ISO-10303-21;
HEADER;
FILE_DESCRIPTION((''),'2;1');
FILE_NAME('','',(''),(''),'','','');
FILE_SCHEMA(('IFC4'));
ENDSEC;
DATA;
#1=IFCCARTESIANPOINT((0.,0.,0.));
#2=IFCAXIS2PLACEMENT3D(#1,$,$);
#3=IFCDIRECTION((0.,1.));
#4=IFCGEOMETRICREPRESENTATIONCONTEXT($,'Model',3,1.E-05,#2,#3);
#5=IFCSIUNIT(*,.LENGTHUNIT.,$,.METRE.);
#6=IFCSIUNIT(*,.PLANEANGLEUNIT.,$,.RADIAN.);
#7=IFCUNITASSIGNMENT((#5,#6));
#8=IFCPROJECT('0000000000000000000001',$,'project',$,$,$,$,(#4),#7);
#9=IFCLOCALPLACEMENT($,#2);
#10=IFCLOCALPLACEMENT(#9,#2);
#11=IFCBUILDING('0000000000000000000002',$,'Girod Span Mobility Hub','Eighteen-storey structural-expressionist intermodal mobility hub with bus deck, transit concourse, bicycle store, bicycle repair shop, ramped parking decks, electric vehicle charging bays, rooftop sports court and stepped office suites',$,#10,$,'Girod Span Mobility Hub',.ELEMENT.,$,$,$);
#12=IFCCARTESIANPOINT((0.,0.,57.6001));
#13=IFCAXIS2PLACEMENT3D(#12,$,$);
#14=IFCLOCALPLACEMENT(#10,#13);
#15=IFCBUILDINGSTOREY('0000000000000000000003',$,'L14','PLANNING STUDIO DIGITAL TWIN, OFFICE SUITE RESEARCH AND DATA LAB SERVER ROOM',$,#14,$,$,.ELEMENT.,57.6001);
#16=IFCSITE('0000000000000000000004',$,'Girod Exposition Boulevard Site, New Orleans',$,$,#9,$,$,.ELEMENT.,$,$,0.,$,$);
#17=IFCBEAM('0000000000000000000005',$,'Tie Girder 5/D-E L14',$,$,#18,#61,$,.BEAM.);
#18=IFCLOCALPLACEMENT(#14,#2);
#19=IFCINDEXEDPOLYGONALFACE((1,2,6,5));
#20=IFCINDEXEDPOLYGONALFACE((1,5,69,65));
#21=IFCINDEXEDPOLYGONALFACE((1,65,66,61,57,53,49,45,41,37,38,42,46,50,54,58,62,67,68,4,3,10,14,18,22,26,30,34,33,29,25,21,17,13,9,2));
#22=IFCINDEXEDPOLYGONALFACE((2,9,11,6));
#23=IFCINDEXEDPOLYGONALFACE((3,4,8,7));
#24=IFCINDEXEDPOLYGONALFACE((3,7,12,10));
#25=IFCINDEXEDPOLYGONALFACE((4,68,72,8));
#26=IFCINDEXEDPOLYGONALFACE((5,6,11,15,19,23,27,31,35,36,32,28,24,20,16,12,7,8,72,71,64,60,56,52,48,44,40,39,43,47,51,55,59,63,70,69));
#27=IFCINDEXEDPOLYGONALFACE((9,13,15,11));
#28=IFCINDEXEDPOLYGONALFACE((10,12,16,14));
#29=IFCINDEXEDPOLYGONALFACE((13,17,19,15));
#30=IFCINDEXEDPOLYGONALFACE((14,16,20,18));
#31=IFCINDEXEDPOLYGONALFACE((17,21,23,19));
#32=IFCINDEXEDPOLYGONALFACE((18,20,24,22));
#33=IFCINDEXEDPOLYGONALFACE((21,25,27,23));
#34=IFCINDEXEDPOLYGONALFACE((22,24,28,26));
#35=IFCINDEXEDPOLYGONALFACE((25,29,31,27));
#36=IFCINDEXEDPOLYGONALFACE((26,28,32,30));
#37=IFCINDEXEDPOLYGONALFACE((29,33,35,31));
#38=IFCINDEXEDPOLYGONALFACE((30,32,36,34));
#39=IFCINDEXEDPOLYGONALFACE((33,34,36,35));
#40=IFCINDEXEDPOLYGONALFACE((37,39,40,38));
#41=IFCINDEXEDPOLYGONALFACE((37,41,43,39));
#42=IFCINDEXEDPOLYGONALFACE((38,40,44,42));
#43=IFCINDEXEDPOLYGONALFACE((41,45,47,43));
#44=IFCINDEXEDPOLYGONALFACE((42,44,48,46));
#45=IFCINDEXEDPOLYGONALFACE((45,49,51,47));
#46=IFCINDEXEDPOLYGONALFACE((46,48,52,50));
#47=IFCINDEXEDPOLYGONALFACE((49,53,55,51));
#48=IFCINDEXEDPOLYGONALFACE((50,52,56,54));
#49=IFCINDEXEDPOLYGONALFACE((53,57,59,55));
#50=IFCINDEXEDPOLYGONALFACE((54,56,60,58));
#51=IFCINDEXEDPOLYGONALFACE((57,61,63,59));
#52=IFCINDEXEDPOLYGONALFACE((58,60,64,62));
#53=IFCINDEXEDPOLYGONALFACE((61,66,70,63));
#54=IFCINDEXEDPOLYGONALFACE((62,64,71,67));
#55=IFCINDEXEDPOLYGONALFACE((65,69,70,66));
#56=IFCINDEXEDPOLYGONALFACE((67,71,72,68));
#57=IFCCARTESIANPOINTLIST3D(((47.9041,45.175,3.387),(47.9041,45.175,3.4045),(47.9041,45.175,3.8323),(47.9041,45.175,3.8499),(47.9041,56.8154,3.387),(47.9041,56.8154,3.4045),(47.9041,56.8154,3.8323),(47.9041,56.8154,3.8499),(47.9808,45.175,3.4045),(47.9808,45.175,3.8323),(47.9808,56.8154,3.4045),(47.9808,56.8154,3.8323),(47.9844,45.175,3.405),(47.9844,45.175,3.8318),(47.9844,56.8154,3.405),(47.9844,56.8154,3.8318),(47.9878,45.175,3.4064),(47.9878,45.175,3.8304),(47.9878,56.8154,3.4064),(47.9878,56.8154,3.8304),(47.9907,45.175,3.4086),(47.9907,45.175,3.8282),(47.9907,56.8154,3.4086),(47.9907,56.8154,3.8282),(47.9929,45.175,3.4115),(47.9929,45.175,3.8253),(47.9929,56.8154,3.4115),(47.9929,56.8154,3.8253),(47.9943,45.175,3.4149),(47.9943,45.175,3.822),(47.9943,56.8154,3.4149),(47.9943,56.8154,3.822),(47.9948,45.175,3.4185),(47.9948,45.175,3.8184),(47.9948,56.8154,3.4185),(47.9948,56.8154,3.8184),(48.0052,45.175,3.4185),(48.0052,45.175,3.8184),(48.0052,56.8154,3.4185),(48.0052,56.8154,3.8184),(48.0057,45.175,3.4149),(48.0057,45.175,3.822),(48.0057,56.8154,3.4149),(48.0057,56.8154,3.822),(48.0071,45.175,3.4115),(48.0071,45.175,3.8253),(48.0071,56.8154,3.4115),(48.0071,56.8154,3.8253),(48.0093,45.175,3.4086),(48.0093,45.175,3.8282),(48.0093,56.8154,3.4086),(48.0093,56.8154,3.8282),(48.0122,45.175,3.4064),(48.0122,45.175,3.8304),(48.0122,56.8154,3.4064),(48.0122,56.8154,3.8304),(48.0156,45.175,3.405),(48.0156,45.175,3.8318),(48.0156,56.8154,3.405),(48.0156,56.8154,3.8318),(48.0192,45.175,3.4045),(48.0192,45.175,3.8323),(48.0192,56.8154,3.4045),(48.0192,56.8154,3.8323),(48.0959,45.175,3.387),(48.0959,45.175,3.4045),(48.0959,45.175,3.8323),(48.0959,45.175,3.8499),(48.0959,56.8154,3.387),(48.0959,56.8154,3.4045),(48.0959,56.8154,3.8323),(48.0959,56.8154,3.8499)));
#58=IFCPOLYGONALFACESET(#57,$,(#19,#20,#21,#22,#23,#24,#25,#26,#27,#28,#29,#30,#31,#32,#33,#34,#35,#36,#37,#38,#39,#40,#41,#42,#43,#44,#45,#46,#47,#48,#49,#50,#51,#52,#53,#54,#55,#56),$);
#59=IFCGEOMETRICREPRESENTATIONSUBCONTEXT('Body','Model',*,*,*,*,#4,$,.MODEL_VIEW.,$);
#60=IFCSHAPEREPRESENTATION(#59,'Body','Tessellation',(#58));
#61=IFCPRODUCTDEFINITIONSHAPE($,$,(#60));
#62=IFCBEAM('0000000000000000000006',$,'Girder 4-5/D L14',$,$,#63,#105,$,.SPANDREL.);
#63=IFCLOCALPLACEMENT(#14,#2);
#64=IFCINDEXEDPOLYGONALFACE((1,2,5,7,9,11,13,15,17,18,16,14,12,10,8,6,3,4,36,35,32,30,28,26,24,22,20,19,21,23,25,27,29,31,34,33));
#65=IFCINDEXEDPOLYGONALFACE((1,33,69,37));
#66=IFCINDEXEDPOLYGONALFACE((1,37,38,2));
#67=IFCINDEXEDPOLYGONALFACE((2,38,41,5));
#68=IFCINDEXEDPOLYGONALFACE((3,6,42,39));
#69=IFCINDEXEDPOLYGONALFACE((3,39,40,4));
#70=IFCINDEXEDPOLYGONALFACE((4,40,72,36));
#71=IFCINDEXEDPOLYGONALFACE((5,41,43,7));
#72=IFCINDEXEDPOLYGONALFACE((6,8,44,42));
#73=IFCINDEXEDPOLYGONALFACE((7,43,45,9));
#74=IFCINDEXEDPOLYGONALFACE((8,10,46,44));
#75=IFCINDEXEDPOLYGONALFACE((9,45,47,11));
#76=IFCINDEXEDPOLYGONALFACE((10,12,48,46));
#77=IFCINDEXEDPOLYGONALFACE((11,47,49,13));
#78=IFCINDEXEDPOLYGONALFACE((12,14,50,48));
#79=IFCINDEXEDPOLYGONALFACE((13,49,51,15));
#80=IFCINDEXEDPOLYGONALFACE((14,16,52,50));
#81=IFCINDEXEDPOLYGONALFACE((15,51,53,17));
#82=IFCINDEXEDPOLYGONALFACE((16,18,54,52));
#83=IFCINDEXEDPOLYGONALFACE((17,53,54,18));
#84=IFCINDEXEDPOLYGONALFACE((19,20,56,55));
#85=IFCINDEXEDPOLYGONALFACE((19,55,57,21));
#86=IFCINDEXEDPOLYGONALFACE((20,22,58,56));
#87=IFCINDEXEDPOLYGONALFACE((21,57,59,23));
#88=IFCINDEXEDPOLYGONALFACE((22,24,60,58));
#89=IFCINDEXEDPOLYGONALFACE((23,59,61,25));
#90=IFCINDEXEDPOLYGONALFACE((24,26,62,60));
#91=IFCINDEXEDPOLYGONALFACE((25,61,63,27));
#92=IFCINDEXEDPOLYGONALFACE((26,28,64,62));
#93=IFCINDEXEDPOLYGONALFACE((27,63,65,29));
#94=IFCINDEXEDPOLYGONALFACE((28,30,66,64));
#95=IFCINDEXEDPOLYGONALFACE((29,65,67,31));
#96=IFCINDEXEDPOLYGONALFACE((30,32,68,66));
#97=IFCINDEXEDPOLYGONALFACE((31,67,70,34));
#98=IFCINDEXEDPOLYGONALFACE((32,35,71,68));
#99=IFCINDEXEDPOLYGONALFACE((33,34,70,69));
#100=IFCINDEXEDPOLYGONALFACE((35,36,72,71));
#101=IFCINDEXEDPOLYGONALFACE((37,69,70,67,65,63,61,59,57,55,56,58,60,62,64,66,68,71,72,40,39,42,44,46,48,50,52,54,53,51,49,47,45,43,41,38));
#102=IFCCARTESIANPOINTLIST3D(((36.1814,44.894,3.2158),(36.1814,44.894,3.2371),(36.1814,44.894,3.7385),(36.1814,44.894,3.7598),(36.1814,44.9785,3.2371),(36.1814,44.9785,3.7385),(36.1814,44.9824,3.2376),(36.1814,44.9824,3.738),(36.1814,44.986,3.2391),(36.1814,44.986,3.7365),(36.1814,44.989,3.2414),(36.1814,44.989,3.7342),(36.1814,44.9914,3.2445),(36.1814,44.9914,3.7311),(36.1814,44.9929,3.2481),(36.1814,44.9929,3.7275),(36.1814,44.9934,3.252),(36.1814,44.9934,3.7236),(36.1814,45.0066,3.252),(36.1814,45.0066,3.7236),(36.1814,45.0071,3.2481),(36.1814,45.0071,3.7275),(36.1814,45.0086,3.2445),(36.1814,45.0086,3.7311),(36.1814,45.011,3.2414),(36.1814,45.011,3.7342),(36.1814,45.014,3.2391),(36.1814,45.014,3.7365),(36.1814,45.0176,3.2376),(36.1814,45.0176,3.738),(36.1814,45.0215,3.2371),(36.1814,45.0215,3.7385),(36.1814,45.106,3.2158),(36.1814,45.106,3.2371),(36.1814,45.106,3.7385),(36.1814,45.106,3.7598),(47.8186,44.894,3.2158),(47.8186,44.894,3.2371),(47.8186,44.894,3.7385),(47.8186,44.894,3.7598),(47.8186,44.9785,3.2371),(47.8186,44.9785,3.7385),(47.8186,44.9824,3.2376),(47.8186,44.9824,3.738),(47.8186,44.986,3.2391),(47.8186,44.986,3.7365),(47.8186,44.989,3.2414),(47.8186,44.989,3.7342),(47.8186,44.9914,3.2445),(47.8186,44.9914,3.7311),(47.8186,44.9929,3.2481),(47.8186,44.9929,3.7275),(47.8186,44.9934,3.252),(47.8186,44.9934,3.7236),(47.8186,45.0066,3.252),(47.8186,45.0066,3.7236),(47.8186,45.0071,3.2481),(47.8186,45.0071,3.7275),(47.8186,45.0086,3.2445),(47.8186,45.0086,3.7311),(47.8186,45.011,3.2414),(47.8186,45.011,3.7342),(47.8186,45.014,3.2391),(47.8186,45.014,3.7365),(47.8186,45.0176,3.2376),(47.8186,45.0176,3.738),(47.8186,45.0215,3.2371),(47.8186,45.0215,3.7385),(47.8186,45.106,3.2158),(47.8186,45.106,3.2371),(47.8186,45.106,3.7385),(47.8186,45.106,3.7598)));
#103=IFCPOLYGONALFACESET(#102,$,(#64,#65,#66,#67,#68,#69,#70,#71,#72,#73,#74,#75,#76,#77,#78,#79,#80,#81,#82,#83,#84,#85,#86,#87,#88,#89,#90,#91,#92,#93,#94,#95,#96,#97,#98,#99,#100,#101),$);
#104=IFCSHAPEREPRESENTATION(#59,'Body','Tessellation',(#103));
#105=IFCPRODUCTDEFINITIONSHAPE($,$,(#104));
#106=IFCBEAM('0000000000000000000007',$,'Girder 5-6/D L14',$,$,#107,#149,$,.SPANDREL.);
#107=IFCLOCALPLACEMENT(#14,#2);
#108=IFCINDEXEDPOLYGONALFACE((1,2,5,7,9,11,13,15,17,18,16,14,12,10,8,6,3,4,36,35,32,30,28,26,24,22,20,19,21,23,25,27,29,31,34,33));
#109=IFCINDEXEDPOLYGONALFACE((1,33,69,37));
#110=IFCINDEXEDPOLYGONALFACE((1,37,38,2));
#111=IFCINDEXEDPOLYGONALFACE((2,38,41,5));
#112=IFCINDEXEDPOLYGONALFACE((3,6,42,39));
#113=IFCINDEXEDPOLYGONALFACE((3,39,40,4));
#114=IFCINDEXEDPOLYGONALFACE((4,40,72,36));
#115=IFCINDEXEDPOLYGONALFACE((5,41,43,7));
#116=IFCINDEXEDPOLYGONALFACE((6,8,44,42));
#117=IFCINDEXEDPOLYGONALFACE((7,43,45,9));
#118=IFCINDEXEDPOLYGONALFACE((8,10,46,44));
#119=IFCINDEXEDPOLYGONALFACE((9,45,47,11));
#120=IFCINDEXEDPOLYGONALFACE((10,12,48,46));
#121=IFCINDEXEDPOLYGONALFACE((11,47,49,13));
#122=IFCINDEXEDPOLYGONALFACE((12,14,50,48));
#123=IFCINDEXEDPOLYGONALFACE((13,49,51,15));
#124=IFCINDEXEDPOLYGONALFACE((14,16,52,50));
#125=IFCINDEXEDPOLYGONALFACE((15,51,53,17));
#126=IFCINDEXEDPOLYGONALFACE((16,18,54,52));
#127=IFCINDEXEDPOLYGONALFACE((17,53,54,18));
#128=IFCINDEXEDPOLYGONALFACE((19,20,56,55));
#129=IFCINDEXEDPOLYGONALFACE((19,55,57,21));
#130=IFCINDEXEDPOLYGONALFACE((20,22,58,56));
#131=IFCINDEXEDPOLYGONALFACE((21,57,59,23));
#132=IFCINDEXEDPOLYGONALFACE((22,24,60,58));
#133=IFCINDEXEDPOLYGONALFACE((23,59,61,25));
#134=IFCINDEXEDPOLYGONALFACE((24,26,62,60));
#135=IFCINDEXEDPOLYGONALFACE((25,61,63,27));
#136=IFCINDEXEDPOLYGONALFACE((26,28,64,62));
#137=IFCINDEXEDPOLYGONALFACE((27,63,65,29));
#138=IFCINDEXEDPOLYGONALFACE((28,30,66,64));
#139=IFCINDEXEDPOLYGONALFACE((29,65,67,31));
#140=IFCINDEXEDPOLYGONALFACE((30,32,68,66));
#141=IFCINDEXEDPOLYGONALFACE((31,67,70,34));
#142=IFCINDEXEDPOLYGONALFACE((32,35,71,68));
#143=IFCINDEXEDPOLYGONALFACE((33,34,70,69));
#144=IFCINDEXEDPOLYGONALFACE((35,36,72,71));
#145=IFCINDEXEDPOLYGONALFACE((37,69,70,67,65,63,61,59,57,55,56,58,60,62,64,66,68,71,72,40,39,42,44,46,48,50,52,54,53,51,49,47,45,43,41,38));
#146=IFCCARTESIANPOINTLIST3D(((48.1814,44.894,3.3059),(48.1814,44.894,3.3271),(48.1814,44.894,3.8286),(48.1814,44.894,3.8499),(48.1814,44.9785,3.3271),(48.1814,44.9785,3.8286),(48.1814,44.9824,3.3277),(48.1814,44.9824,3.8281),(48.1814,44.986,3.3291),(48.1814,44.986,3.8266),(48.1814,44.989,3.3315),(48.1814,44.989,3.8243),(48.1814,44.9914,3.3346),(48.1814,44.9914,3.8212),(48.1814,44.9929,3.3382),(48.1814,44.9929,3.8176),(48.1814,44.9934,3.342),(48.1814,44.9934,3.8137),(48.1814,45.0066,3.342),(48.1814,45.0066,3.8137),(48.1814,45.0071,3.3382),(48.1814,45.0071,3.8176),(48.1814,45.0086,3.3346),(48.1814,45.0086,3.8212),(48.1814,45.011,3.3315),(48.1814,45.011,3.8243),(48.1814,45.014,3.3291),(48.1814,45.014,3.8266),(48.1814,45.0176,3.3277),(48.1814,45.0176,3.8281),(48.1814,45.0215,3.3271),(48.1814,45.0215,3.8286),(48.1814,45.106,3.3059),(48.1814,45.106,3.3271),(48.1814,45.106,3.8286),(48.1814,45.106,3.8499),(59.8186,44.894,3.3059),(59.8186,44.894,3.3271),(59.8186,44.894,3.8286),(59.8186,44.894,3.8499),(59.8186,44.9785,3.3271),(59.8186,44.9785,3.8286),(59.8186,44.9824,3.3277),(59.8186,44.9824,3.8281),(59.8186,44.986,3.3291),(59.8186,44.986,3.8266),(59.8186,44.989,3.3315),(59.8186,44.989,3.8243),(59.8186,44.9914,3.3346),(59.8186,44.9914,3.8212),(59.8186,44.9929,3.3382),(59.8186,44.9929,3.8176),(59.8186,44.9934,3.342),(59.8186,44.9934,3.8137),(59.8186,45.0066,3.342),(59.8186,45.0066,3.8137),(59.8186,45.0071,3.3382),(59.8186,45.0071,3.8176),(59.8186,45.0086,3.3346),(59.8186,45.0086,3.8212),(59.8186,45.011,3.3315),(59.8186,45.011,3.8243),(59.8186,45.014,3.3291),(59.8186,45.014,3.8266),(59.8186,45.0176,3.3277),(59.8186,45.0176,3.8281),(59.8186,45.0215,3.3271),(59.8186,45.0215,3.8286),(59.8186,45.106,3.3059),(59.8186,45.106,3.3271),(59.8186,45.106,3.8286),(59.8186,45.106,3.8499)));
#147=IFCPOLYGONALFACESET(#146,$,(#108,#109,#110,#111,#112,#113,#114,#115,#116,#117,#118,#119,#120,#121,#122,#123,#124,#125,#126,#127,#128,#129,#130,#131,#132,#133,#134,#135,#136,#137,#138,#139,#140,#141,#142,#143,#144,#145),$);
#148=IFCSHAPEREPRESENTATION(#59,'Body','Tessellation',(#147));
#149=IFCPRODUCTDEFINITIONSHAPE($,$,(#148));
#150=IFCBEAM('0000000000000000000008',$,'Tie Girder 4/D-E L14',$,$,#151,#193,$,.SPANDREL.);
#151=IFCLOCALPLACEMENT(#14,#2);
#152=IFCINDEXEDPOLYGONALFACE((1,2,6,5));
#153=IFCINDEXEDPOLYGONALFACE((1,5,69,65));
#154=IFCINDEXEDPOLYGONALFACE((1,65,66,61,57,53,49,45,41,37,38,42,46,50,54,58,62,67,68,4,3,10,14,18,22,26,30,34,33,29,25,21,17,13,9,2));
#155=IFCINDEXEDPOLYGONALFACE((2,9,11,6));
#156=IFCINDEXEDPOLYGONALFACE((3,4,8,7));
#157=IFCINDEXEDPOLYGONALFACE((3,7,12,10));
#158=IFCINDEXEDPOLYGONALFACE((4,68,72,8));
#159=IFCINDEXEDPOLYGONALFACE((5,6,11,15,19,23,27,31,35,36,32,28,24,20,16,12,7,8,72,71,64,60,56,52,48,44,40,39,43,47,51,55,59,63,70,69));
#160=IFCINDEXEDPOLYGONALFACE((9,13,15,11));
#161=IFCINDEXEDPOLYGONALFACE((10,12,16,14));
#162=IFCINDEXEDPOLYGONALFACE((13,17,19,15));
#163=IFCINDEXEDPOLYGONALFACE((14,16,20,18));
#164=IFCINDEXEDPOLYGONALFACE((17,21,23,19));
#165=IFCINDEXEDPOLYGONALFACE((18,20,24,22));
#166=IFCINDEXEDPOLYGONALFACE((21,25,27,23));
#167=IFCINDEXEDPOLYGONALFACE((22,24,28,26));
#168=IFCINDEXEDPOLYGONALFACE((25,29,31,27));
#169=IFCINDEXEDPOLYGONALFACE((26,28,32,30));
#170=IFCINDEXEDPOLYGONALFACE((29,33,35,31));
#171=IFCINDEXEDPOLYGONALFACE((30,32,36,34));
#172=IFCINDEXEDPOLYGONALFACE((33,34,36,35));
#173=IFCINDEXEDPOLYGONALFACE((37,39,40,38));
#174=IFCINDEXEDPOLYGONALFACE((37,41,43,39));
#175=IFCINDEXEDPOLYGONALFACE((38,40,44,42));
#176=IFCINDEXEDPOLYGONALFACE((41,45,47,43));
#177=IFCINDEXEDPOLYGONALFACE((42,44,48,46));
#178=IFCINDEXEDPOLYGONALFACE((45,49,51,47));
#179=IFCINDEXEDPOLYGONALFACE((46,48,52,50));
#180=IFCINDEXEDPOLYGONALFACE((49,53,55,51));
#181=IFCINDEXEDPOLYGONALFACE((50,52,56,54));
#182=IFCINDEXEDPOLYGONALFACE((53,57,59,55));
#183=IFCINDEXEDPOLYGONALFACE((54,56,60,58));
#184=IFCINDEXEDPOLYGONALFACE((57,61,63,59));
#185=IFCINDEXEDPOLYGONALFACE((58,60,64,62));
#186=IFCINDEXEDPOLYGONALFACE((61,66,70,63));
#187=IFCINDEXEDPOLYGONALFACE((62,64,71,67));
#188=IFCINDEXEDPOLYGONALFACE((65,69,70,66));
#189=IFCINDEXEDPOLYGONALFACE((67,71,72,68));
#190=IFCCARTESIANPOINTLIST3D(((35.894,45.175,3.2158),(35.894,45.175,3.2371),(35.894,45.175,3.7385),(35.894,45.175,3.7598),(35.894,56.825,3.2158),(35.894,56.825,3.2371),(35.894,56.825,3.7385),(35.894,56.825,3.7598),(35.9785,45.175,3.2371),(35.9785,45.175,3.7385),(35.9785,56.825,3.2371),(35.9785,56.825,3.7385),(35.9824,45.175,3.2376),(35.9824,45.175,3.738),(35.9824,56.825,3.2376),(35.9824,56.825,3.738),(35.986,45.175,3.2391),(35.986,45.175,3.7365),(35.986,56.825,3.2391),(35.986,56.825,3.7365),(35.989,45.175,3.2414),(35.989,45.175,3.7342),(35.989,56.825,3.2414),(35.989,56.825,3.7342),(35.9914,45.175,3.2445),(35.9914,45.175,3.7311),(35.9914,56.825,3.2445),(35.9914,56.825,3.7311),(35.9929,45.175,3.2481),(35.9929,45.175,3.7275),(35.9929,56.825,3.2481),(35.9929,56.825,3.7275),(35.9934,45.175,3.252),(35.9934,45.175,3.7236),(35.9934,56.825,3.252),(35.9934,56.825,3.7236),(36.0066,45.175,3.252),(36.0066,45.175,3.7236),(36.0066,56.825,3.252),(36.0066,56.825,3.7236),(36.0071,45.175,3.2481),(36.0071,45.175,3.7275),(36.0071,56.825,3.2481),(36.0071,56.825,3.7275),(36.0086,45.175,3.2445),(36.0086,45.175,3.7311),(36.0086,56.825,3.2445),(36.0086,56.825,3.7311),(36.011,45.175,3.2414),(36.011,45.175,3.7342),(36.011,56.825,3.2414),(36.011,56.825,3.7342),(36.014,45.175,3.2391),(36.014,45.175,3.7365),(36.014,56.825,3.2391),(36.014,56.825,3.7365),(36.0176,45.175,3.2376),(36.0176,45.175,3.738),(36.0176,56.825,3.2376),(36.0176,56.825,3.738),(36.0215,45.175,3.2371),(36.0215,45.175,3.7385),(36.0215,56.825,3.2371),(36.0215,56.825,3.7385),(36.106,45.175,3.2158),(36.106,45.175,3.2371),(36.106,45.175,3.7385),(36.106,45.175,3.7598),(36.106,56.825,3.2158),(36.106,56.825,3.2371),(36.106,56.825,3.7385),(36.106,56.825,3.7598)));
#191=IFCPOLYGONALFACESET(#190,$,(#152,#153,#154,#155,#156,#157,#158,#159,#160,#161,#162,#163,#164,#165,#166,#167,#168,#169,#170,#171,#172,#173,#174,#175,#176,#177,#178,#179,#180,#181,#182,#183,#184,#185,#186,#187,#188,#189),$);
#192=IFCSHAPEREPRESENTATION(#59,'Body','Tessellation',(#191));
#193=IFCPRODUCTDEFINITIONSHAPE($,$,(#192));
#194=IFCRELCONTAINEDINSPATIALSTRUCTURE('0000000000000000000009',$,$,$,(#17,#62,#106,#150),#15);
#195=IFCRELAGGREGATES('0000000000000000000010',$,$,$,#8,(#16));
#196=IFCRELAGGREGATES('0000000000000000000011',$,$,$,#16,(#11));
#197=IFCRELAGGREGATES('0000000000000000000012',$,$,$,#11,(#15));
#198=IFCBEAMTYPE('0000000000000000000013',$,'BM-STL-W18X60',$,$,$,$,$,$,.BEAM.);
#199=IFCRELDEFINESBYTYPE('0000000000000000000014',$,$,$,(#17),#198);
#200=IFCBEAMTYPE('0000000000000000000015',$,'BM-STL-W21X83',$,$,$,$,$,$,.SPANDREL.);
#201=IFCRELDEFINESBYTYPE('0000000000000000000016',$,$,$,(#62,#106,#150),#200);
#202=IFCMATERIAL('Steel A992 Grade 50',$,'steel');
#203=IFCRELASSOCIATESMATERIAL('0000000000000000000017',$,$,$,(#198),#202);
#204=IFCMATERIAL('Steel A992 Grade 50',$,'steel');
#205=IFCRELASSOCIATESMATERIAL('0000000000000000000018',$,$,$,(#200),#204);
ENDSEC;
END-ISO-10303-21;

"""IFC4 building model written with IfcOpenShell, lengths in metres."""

from ifc_helpers import new_model, si_unit, direction, frame, origin, origin_2d, place, context, subcontext, project, spatial, i_section, extrude, material, material_profile, profile_set, type_object, element, save


model = new_model("IFC4")

# Units and contexts
model_context = context("Model", 3, precision=1e-05, world=origin(), true_north=direction((0.0, 1.0)))
body_context = subcontext(model_context, "Body", "Model", "MODEL_VIEW")
ifc_project = project(units=[si_unit("LENGTHUNIT", "METRE"), si_unit("PLANEANGLEUNIT", "RADIAN")], contexts=[model_context])

# Site, building, storey
site_placement = place(None, origin())
site = spatial("IfcSite", under=ifc_project, at=site_placement, Name="Girod Exposition Boulevard Site, New Orleans", CompositionType="ELEMENT", RefElevation=0.0)
building_placement = place(site_placement, origin())
building = spatial("IfcBuilding", under=site, at=building_placement, Name="Girod Span Mobility Hub", Description="Eighteen-storey structural-expressionist intermodal mobility hub with bus deck, transit concourse, bicycle store, bicycle repair shop, ramped parking decks, electric vehicle charging bays, rooftop sports court and stepped office suites", LongName="Girod Span Mobility Hub", CompositionType="ELEMENT")
storey_placement = place(building_placement, frame((0.0, 0.0, 57.6001)))
storey = spatial("IfcBuildingStorey", under=building, at=storey_placement, Name="L14", Description="PLANNING STUDIO DIGITAL TWIN, OFFICE SUITE RESEARCH AND DATA LAB SERVER ROOM", CompositionType="ELEMENT", Elevation=57.6001)

# Beams
ifc_material_1 = material(Name="Steel A992 Grade 50", Category="steel")
ifc_material_profile_1 = material_profile(ifc_material_1, i_section(OverallWidth=0.1919, OverallDepth=0.4629, WebThickness=0.0105, FlangeThickness=0.0176, FilletRadius=0.0139, at=origin_2d()), Name="W18X60")
ifc_profile_set_1 = profile_set([ifc_material_profile_1], Name="Steel A992 Grade 50")
beam_type_1 = type_object("IfcBeamType", Name="BM-STL-W18X60", PredefinedType="BEAM", material=ifc_profile_set_1)
beam_1_placement = place(storey_placement, frame((48.0, 45.175, 3.6184), z_axis=(0.0, 1.0, 0.0), x_axis=(-1.0, 0.0, 0.0)))
element("IfcBeam", 1, at=beam_1_placement, inside=storey, type_object=beam_type_1, Name="Tie Girder 5/D-E L14", PredefinedType="BEAM", context=body_context, shape_type="SweptSolid", body=[
    extrude(i_section(OverallWidth=0.1919, OverallDepth=0.4629, WebThickness=0.0105, FlangeThickness=0.0176, FilletRadius=0.0139, at=origin_2d()), origin(), (0.0, 0.0, 1.0), 11.6404),
])
ifc_material_2 = material(Name="Steel A992 Grade 50", Category="steel")
ifc_material_profile_2 = material_profile(ifc_material_2, i_section(OverallWidth=0.2119, OverallDepth=0.5439, WebThickness=0.0132, FlangeThickness=0.0212, FilletRadius=0.0149, at=origin_2d()), Name="W21X83")
ifc_profile_set_2 = profile_set([ifc_material_profile_2], Name="Steel A992 Grade 50")
beam_type_2 = type_object("IfcBeamType", Name="BM-STL-W21X83", PredefinedType="SPANDREL", material=ifc_profile_set_2)
for number, where, z_axis, x_axis, name in (
    (2, (36.1814, 45.0, 3.4878), (1.0, 0.0, 0.0), (0.0, 1.0, 0.0), "Girder 4-5/D L14"),
    (3, (48.1814, 45.0, 3.5779), (1.0, 0.0, 0.0), (0.0, 1.0, 0.0), "Girder 5-6/D L14"),
):
    element("IfcBeam", number, at=place(storey_placement, frame(where, z_axis=z_axis, x_axis=x_axis)), inside=storey, type_object=beam_type_2, Name=name, PredefinedType="SPANDREL", context=body_context, shape_type="SweptSolid", body=[
        extrude(i_section(OverallWidth=0.2119, OverallDepth=0.5439, WebThickness=0.0132, FlangeThickness=0.0212, FilletRadius=0.0149, at=origin_2d()), origin(), (0.0, 0.0, 1.0), 11.6372),
    ])
beam_2_placement = place(storey_placement, frame((36.0, 45.175, 3.4878), z_axis=(0.0, 1.0, 0.0), x_axis=(-1.0, 0.0, 0.0)))
element("IfcBeam", 4, at=beam_2_placement, inside=storey, type_object=beam_type_2, Name="Tie Girder 4/D-E L14", PredefinedType="SPANDREL", context=body_context, shape_type="SweptSolid", body=[
    extrude(i_section(OverallWidth=0.2119, OverallDepth=0.5439, WebThickness=0.0132, FlangeThickness=0.0212, FilletRadius=0.0149, at=origin_2d()), origin(), (0.0, 0.0, 1.0), 11.6499),
])

save(model, "model.ifc")
